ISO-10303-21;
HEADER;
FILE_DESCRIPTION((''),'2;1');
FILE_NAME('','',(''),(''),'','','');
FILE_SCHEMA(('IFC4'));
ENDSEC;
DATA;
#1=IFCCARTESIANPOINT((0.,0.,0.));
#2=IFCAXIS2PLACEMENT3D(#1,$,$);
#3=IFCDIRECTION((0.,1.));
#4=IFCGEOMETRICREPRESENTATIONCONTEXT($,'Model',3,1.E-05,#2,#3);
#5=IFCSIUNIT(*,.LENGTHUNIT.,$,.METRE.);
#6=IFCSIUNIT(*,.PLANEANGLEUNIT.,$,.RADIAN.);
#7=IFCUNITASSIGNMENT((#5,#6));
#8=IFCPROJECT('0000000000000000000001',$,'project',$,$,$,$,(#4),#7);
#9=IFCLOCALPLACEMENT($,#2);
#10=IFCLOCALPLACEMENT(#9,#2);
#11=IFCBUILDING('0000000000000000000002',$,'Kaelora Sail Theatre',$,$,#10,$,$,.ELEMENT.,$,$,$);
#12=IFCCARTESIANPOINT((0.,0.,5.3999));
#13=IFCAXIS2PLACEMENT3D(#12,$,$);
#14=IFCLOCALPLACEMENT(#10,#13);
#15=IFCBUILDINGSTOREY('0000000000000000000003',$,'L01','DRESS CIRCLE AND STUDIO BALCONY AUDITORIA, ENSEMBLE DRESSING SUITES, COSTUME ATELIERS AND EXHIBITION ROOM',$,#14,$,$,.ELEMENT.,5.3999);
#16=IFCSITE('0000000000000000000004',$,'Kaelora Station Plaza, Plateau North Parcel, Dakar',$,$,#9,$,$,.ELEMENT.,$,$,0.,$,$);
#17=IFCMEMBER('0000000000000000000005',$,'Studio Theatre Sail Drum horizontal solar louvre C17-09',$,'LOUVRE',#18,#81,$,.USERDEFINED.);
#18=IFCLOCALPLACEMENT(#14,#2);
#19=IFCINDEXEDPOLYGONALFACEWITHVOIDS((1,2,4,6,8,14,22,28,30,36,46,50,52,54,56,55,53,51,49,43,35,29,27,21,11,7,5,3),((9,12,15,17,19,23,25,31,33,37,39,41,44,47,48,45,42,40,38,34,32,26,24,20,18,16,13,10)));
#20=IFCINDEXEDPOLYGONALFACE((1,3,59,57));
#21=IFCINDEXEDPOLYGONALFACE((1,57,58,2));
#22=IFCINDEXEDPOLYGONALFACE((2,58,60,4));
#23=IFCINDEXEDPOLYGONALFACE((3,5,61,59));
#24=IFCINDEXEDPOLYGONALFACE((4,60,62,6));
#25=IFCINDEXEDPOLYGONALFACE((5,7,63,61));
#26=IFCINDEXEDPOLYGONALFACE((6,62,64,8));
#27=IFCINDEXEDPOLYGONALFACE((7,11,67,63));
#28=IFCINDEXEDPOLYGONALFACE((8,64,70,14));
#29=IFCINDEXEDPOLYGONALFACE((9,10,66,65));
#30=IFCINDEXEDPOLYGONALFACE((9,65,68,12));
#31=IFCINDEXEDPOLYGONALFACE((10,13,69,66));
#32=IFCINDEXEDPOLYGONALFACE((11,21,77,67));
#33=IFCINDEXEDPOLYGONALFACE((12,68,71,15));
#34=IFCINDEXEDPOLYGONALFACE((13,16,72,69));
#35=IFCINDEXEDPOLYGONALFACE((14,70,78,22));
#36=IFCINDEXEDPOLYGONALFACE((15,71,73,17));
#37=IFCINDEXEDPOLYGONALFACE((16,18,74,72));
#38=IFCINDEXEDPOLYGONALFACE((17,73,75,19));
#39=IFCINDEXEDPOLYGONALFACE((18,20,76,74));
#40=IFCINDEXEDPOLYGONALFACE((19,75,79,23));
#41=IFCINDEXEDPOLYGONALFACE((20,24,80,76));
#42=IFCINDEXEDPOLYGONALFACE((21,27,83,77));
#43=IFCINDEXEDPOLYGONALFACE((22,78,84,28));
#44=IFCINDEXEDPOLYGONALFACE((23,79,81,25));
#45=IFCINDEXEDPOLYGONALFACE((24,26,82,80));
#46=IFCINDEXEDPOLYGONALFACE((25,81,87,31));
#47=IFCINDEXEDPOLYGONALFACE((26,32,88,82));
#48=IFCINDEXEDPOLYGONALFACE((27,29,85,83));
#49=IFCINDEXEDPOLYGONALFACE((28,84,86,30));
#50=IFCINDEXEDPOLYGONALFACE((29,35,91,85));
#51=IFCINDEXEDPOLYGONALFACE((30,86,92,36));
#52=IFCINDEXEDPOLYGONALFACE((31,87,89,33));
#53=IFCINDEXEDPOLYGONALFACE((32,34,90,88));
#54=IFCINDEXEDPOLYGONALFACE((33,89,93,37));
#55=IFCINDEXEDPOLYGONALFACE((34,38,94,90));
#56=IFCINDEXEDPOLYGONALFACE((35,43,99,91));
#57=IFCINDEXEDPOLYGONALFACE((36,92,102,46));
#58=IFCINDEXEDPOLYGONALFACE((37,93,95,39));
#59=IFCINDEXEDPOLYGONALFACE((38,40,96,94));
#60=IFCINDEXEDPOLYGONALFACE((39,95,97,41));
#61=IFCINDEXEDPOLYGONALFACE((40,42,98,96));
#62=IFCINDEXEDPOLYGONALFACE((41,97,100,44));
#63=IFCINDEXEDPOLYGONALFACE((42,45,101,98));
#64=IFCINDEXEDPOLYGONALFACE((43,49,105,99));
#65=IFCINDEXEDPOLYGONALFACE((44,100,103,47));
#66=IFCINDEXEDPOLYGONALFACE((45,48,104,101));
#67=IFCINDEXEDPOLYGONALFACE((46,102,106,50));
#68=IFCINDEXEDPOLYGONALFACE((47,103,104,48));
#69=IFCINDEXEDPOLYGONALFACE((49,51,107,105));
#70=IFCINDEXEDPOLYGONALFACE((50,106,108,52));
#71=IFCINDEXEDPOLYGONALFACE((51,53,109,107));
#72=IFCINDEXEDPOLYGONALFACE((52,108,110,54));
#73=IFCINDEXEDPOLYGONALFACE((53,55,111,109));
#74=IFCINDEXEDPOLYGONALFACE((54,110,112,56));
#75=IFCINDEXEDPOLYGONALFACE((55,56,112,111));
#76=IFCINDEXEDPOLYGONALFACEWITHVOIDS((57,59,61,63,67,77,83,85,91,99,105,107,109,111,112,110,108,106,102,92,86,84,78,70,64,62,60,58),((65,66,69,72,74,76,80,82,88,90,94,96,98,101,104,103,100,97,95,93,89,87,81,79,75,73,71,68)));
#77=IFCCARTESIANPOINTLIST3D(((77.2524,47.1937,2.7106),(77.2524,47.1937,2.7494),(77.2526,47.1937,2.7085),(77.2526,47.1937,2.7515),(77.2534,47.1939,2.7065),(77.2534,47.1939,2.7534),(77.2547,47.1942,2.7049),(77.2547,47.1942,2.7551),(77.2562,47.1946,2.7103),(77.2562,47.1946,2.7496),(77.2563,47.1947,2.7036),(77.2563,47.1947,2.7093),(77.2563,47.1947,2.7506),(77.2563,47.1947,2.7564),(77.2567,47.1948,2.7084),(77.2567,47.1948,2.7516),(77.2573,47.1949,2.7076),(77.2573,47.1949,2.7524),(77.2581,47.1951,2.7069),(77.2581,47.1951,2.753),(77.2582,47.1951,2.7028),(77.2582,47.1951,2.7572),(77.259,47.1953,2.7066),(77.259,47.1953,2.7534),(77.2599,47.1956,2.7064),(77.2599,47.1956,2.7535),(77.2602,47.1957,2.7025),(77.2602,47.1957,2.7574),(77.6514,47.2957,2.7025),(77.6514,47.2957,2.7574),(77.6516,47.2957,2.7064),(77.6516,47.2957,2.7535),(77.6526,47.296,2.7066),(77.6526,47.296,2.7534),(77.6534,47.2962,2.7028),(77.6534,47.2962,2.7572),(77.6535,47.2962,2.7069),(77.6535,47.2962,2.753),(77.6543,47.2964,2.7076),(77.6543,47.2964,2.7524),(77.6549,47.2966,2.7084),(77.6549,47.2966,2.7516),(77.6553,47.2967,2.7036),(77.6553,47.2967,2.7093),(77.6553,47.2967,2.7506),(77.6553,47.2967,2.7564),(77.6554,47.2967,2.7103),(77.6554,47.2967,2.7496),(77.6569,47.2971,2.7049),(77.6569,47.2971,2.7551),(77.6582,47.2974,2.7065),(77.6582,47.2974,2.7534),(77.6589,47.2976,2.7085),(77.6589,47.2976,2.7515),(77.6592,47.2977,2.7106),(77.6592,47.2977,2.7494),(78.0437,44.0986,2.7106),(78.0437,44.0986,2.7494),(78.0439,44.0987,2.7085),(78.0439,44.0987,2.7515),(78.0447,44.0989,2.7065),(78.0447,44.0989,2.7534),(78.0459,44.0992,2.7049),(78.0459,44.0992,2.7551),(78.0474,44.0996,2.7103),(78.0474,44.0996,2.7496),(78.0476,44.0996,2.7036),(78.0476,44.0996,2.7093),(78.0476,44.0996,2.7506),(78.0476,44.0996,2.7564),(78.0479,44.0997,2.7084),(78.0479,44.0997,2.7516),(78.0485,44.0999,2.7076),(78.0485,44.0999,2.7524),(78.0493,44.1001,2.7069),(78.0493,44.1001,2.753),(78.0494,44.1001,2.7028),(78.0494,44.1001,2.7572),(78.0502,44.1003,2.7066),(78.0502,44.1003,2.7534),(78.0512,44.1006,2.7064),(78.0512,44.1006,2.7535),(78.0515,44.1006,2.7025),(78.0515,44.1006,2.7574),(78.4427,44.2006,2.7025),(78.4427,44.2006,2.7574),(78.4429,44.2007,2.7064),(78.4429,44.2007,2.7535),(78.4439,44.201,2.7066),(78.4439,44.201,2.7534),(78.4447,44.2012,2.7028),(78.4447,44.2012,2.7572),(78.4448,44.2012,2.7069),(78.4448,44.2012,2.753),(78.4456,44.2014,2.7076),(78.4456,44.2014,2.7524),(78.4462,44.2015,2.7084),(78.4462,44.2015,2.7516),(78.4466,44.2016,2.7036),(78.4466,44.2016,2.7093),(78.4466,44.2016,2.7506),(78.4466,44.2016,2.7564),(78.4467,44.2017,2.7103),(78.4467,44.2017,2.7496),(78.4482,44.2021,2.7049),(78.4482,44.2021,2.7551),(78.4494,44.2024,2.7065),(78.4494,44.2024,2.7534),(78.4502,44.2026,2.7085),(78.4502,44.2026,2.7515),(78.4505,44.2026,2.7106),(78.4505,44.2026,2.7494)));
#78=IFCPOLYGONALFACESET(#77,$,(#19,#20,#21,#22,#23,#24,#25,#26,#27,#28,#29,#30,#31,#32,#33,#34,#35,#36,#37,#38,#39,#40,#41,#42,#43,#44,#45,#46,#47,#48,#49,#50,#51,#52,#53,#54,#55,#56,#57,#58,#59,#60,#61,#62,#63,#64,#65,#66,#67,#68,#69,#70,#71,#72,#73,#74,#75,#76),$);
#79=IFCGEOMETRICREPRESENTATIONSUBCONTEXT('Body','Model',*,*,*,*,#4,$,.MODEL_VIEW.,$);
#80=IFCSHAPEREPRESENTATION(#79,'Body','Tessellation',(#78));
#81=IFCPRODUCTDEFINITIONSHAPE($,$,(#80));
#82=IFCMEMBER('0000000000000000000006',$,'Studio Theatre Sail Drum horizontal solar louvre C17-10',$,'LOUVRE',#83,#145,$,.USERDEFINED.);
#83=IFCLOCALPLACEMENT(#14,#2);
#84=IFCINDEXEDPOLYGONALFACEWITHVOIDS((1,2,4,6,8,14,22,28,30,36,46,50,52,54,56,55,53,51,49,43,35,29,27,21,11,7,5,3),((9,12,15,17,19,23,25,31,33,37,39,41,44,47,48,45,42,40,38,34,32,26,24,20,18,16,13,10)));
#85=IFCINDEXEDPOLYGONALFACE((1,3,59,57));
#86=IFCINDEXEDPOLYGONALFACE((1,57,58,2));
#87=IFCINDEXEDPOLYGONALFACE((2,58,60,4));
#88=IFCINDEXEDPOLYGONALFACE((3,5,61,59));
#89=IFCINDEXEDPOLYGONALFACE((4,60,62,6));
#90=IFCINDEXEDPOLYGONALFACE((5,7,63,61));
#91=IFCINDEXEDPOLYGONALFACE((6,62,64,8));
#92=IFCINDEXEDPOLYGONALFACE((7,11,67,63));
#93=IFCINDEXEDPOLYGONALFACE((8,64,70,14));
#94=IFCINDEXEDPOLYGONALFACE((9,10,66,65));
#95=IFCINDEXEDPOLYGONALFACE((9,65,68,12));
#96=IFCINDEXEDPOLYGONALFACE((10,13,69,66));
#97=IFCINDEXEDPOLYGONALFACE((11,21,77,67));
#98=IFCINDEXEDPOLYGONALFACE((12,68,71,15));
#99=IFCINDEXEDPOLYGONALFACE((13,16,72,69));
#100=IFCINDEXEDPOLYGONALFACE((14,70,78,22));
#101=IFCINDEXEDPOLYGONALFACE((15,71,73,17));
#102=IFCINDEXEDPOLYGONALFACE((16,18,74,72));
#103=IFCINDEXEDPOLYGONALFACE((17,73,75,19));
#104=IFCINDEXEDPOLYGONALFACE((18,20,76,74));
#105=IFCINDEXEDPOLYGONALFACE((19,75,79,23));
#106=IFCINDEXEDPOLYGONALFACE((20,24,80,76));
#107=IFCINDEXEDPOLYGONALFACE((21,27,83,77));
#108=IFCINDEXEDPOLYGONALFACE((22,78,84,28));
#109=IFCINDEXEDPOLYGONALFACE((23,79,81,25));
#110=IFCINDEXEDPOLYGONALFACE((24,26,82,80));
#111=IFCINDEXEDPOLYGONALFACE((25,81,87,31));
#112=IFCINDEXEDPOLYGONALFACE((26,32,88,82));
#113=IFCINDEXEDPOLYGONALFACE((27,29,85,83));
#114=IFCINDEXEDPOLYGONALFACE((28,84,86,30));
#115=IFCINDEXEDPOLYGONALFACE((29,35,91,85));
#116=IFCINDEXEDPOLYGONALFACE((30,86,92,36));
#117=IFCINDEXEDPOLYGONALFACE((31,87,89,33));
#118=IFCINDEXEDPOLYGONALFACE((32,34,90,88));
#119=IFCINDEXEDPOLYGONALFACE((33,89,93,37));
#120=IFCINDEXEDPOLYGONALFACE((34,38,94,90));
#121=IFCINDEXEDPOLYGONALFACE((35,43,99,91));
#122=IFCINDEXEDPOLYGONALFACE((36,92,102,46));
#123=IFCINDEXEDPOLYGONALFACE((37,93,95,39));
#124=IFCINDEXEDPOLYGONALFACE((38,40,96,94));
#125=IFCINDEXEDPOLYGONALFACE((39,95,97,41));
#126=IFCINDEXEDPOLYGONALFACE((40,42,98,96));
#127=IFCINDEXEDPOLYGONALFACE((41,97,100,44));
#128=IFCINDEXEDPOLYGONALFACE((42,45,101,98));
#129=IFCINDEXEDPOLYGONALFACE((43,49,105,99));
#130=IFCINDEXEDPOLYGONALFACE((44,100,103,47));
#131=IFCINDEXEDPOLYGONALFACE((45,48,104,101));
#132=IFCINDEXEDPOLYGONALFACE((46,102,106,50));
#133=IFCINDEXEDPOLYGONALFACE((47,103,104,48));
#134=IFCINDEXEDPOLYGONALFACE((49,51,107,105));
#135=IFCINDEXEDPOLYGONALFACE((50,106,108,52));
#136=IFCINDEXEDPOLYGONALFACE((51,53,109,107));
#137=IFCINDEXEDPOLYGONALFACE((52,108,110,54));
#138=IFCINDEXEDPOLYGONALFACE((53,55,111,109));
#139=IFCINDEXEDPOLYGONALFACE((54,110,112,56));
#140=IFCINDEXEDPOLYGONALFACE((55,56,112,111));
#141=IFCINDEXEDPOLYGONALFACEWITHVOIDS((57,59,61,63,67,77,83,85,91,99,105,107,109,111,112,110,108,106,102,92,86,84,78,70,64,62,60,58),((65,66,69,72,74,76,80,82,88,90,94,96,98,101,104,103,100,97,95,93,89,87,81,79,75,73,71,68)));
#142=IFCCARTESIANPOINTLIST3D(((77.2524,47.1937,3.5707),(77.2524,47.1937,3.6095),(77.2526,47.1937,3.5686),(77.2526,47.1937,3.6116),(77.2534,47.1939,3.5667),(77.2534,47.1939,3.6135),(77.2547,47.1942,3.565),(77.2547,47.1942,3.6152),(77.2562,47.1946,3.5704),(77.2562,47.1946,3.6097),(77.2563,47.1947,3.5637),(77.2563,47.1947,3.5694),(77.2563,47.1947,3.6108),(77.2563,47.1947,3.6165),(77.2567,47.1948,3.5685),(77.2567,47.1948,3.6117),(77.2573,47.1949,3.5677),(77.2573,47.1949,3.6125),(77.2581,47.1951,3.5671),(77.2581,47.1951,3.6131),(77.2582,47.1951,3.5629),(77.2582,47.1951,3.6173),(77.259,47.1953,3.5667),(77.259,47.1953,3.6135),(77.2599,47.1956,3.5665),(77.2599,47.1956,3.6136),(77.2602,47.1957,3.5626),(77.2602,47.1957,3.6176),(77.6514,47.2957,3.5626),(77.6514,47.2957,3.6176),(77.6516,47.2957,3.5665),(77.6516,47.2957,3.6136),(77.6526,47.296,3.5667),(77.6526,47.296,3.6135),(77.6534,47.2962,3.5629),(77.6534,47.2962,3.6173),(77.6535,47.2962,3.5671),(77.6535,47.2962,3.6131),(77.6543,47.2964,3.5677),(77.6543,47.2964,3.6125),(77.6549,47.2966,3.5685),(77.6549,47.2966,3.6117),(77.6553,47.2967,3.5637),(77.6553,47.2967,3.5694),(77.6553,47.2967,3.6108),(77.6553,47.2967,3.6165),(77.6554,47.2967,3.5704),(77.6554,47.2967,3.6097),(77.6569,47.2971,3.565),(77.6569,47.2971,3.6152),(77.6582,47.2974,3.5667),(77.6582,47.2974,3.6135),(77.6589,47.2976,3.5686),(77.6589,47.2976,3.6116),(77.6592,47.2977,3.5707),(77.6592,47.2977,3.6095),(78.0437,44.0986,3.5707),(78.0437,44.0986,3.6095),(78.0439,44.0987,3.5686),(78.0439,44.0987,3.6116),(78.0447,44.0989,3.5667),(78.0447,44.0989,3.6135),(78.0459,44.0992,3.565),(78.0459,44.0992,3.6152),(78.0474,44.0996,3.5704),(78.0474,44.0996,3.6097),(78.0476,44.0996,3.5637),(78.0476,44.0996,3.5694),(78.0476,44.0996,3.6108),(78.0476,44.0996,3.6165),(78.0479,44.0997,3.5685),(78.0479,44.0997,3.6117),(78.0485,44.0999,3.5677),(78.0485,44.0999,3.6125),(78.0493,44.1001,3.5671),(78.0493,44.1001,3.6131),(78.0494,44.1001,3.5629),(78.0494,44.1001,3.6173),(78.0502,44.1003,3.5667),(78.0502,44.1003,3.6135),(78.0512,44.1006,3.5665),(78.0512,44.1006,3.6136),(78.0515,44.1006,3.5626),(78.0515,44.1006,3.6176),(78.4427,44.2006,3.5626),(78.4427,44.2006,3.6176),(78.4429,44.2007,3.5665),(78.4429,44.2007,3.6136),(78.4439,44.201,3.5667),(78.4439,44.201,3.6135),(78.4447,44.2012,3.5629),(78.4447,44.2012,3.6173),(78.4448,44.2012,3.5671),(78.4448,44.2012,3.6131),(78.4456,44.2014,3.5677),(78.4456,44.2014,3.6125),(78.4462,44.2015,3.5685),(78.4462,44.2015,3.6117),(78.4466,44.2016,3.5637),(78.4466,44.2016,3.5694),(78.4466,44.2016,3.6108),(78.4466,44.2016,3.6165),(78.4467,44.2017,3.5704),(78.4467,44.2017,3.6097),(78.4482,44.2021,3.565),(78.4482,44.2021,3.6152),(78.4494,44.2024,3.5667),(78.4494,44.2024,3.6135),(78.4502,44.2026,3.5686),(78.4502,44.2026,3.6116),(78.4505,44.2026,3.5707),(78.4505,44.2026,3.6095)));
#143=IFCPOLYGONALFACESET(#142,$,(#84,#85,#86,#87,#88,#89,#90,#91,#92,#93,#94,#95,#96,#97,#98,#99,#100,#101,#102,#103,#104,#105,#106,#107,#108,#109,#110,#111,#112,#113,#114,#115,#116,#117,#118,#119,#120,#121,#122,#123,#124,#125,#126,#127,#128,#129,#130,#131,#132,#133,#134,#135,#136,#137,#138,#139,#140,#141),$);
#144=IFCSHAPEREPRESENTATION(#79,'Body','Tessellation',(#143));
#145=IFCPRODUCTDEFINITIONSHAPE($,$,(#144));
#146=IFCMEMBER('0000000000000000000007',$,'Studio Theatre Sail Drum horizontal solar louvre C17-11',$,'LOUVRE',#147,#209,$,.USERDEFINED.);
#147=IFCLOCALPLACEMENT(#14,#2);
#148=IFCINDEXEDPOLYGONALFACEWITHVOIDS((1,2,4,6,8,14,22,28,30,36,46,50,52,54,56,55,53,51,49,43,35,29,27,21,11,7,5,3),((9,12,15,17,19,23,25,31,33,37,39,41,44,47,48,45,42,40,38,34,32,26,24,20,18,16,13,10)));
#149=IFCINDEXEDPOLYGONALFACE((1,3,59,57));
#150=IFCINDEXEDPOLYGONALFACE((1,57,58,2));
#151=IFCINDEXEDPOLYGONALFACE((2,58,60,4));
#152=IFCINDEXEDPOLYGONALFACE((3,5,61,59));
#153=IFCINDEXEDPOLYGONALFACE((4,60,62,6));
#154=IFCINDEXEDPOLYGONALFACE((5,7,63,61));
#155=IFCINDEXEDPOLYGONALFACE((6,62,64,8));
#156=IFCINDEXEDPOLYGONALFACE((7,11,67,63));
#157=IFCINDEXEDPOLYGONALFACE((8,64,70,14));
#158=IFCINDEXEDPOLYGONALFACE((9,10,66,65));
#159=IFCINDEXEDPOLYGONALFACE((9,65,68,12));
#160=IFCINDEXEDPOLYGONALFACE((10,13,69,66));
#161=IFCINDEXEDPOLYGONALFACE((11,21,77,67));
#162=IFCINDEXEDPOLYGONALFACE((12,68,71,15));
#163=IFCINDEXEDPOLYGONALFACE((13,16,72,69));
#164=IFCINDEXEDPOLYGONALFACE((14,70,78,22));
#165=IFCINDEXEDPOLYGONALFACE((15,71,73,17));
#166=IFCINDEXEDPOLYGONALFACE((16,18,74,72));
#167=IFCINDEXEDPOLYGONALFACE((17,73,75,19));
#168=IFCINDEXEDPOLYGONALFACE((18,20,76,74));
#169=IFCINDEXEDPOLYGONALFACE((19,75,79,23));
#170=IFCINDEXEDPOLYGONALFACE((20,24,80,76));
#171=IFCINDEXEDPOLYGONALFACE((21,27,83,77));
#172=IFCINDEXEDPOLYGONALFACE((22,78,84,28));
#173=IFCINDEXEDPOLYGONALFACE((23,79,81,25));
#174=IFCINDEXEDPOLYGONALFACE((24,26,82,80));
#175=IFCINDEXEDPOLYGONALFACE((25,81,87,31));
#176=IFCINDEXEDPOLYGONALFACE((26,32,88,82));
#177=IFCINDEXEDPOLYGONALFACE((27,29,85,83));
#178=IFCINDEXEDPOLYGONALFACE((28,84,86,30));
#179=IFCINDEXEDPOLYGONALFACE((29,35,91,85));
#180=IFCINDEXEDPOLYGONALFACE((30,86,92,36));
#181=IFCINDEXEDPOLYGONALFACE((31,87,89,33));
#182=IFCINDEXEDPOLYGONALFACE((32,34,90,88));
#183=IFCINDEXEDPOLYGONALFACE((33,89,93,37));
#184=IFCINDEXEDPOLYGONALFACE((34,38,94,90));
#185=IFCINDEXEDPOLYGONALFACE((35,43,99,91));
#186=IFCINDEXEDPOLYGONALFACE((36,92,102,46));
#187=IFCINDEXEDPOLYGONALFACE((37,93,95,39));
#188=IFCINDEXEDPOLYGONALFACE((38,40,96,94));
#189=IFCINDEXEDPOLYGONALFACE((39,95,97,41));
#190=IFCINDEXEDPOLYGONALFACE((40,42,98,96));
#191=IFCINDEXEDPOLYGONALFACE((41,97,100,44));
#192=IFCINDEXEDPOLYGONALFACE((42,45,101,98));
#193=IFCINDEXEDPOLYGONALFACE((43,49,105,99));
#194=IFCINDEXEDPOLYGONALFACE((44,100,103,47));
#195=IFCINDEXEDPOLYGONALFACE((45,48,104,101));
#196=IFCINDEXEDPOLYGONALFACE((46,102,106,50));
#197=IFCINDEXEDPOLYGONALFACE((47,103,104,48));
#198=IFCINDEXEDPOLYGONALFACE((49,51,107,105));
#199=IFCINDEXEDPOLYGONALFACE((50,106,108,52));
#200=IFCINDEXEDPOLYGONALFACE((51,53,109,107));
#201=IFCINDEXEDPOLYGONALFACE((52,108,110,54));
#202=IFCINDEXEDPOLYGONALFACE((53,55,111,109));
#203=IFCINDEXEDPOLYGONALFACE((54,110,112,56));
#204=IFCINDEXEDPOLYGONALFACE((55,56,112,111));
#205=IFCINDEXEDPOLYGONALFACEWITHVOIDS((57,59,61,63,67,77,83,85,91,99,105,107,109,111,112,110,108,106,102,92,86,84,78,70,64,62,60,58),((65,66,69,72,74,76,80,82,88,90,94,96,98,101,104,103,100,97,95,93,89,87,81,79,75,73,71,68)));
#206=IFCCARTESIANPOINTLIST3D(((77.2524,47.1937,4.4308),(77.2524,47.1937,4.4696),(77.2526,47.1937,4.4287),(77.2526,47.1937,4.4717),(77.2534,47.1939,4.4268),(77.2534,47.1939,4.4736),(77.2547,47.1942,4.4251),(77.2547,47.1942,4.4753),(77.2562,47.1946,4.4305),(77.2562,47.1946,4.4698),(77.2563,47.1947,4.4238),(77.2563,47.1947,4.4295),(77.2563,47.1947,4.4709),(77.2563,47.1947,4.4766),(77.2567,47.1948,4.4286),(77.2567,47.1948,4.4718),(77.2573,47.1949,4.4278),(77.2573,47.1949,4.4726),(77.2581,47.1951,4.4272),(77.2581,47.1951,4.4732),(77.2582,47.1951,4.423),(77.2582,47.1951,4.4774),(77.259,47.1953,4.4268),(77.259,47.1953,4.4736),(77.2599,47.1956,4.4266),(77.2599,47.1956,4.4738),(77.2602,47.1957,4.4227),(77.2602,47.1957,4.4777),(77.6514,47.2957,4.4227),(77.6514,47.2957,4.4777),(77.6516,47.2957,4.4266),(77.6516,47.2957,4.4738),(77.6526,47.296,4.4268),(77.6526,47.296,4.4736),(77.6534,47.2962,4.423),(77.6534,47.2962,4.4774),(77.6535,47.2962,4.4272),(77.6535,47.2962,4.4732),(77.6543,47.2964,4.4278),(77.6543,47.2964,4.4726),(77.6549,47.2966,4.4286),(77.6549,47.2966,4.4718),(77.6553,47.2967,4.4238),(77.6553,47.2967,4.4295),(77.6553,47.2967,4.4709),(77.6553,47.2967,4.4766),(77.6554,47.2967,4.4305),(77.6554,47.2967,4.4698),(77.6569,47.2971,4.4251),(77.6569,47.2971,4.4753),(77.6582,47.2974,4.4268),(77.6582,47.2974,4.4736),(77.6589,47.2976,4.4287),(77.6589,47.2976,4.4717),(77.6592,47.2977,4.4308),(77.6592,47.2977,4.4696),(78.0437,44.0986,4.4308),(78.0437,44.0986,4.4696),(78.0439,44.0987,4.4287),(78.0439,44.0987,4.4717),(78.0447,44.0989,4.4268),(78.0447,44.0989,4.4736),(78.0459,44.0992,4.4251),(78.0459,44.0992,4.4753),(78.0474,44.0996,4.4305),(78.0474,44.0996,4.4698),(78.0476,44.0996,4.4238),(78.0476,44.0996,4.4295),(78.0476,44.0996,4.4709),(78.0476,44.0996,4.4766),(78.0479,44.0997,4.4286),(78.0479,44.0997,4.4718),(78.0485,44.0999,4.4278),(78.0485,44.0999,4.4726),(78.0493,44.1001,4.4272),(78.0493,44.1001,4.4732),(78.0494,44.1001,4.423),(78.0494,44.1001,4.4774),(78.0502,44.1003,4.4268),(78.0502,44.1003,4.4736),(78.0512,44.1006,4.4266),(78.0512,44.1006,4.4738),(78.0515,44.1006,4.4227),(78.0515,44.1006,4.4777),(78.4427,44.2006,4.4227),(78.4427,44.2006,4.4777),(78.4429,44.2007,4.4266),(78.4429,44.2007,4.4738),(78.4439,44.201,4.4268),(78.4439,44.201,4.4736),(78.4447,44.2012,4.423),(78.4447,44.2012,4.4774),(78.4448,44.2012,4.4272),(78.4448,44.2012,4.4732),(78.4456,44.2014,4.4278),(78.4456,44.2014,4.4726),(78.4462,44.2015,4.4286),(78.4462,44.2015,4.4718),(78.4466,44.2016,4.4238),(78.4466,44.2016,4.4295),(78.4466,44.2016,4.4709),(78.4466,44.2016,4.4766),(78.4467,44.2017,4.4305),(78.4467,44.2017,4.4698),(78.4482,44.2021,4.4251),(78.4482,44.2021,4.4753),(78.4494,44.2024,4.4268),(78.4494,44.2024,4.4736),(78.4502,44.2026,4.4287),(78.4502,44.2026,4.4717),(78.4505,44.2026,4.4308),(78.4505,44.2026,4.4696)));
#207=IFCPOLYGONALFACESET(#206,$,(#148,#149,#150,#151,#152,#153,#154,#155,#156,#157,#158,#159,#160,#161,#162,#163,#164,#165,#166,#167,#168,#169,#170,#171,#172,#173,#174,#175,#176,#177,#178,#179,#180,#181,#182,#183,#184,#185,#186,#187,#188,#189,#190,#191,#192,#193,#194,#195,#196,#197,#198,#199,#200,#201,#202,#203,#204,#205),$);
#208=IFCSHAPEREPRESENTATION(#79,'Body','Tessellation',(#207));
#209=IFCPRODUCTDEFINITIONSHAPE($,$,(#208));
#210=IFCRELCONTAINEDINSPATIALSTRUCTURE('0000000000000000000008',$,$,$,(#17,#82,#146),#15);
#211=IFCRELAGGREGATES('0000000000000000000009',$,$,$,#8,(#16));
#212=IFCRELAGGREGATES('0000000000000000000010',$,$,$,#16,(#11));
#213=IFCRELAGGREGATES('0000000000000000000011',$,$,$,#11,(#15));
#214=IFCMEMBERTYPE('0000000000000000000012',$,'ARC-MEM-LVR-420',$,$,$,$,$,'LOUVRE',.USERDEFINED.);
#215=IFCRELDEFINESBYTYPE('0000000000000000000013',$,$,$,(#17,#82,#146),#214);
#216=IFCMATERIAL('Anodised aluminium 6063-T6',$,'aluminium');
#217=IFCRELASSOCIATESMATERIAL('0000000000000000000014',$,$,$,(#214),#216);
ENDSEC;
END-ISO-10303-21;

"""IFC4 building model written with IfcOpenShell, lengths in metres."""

from ifc_helpers import new_model, si_unit, direction, frame, origin, origin_2d, place, context, subcontext, project, spatial, hollow_rectangle, extrude, material, material_profile, profile_set, type_object, element, save


model = new_model("IFC4")

# Units and contexts
model_context = context("Model", 3, precision=1e-05, world=origin(), true_north=direction((0.0, 1.0)))
body_context = subcontext(model_context, "Body", "Model", "MODEL_VIEW")
ifc_project = project(units=[si_unit("LENGTHUNIT", "METRE"), si_unit("PLANEANGLEUNIT", "RADIAN")], contexts=[model_context])

# Site, building, storey
site_placement = place(None, origin())
site = spatial("IfcSite", under=ifc_project, at=site_placement, Name="Kaelora Station Plaza, Plateau North Parcel, Dakar", CompositionType="ELEMENT", RefElevation=0.0)
building_placement = place(site_placement, origin())
building = spatial("IfcBuilding", under=site, at=building_placement, Name="Kaelora Sail Theatre", CompositionType="ELEMENT")
storey_placement = place(building_placement, frame((0.0, 0.0, 5.3999)))
storey = spatial("IfcBuildingStorey", under=building, at=storey_placement, Name="L01", Description="DRESS CIRCLE AND STUDIO BALCONY AUDITORIA, ENSEMBLE DRESSING SUITES, COSTUME ATELIERS AND EXHIBITION ROOM", CompositionType="ELEMENT", Elevation=5.3999)

# Members
ifc_material_1 = material(Name="Anodised aluminium 6063-T6", Category="aluminium")
ifc_material_profile_1 = material_profile(ifc_material_1, hollow_rectangle(XDim=0.4199, YDim=0.0549, WallThickness=0.0039, InnerFilletRadius=0.0039, OuterFilletRadius=0.0081, at=origin_2d()), Name="LOUVRE 420x55x4")
ifc_profile_set_1 = profile_set([ifc_material_profile_1], Name="Anodised aluminium 6063-T6")
member_type = type_object("IfcMemberType", Name="ARC-MEM-LVR-420", ElementType="LOUVRE", PredefinedType="USERDEFINED", material=ifc_profile_set_1)
for number, where, z_axis, x_axis, name in (
    (1, (78.2471, 44.1506, 2.73), (-0.247693, 0.968839, 0.0), (-0.968839, -0.247693, 0.0), "Studio Theatre Sail Drum horizontal solar louvre C17-09"),
    (2, (78.2471, 44.1506, 3.5901), (-0.247693, 0.968839, 0.0), (-0.968839, -0.247693, 0.0), "Studio Theatre Sail Drum horizontal solar louvre C17-10"),
    (3, (78.2471, 44.1506, 4.4502), (-0.247693, 0.968839, 0.0), (-0.968839, -0.247693, 0.0), "Studio Theatre Sail Drum horizontal solar louvre C17-11"),
):
    element("IfcMember", number, at=place(storey_placement, frame(where, z_axis=z_axis, x_axis=x_axis)), inside=storey, type_object=member_type, Name=name, ObjectType="LOUVRE", PredefinedType="USERDEFINED", context=body_context, shape_type="SweptSolid", body=[
        extrude(hollow_rectangle(XDim=0.4199, YDim=0.0549, WallThickness=0.0039, InnerFilletRadius=0.0039, OuterFilletRadius=0.0081, at=origin_2d()), origin(), (0.0, 0.0, 1.0), 3.1946),
    ])

save(model, "model.ifc")
